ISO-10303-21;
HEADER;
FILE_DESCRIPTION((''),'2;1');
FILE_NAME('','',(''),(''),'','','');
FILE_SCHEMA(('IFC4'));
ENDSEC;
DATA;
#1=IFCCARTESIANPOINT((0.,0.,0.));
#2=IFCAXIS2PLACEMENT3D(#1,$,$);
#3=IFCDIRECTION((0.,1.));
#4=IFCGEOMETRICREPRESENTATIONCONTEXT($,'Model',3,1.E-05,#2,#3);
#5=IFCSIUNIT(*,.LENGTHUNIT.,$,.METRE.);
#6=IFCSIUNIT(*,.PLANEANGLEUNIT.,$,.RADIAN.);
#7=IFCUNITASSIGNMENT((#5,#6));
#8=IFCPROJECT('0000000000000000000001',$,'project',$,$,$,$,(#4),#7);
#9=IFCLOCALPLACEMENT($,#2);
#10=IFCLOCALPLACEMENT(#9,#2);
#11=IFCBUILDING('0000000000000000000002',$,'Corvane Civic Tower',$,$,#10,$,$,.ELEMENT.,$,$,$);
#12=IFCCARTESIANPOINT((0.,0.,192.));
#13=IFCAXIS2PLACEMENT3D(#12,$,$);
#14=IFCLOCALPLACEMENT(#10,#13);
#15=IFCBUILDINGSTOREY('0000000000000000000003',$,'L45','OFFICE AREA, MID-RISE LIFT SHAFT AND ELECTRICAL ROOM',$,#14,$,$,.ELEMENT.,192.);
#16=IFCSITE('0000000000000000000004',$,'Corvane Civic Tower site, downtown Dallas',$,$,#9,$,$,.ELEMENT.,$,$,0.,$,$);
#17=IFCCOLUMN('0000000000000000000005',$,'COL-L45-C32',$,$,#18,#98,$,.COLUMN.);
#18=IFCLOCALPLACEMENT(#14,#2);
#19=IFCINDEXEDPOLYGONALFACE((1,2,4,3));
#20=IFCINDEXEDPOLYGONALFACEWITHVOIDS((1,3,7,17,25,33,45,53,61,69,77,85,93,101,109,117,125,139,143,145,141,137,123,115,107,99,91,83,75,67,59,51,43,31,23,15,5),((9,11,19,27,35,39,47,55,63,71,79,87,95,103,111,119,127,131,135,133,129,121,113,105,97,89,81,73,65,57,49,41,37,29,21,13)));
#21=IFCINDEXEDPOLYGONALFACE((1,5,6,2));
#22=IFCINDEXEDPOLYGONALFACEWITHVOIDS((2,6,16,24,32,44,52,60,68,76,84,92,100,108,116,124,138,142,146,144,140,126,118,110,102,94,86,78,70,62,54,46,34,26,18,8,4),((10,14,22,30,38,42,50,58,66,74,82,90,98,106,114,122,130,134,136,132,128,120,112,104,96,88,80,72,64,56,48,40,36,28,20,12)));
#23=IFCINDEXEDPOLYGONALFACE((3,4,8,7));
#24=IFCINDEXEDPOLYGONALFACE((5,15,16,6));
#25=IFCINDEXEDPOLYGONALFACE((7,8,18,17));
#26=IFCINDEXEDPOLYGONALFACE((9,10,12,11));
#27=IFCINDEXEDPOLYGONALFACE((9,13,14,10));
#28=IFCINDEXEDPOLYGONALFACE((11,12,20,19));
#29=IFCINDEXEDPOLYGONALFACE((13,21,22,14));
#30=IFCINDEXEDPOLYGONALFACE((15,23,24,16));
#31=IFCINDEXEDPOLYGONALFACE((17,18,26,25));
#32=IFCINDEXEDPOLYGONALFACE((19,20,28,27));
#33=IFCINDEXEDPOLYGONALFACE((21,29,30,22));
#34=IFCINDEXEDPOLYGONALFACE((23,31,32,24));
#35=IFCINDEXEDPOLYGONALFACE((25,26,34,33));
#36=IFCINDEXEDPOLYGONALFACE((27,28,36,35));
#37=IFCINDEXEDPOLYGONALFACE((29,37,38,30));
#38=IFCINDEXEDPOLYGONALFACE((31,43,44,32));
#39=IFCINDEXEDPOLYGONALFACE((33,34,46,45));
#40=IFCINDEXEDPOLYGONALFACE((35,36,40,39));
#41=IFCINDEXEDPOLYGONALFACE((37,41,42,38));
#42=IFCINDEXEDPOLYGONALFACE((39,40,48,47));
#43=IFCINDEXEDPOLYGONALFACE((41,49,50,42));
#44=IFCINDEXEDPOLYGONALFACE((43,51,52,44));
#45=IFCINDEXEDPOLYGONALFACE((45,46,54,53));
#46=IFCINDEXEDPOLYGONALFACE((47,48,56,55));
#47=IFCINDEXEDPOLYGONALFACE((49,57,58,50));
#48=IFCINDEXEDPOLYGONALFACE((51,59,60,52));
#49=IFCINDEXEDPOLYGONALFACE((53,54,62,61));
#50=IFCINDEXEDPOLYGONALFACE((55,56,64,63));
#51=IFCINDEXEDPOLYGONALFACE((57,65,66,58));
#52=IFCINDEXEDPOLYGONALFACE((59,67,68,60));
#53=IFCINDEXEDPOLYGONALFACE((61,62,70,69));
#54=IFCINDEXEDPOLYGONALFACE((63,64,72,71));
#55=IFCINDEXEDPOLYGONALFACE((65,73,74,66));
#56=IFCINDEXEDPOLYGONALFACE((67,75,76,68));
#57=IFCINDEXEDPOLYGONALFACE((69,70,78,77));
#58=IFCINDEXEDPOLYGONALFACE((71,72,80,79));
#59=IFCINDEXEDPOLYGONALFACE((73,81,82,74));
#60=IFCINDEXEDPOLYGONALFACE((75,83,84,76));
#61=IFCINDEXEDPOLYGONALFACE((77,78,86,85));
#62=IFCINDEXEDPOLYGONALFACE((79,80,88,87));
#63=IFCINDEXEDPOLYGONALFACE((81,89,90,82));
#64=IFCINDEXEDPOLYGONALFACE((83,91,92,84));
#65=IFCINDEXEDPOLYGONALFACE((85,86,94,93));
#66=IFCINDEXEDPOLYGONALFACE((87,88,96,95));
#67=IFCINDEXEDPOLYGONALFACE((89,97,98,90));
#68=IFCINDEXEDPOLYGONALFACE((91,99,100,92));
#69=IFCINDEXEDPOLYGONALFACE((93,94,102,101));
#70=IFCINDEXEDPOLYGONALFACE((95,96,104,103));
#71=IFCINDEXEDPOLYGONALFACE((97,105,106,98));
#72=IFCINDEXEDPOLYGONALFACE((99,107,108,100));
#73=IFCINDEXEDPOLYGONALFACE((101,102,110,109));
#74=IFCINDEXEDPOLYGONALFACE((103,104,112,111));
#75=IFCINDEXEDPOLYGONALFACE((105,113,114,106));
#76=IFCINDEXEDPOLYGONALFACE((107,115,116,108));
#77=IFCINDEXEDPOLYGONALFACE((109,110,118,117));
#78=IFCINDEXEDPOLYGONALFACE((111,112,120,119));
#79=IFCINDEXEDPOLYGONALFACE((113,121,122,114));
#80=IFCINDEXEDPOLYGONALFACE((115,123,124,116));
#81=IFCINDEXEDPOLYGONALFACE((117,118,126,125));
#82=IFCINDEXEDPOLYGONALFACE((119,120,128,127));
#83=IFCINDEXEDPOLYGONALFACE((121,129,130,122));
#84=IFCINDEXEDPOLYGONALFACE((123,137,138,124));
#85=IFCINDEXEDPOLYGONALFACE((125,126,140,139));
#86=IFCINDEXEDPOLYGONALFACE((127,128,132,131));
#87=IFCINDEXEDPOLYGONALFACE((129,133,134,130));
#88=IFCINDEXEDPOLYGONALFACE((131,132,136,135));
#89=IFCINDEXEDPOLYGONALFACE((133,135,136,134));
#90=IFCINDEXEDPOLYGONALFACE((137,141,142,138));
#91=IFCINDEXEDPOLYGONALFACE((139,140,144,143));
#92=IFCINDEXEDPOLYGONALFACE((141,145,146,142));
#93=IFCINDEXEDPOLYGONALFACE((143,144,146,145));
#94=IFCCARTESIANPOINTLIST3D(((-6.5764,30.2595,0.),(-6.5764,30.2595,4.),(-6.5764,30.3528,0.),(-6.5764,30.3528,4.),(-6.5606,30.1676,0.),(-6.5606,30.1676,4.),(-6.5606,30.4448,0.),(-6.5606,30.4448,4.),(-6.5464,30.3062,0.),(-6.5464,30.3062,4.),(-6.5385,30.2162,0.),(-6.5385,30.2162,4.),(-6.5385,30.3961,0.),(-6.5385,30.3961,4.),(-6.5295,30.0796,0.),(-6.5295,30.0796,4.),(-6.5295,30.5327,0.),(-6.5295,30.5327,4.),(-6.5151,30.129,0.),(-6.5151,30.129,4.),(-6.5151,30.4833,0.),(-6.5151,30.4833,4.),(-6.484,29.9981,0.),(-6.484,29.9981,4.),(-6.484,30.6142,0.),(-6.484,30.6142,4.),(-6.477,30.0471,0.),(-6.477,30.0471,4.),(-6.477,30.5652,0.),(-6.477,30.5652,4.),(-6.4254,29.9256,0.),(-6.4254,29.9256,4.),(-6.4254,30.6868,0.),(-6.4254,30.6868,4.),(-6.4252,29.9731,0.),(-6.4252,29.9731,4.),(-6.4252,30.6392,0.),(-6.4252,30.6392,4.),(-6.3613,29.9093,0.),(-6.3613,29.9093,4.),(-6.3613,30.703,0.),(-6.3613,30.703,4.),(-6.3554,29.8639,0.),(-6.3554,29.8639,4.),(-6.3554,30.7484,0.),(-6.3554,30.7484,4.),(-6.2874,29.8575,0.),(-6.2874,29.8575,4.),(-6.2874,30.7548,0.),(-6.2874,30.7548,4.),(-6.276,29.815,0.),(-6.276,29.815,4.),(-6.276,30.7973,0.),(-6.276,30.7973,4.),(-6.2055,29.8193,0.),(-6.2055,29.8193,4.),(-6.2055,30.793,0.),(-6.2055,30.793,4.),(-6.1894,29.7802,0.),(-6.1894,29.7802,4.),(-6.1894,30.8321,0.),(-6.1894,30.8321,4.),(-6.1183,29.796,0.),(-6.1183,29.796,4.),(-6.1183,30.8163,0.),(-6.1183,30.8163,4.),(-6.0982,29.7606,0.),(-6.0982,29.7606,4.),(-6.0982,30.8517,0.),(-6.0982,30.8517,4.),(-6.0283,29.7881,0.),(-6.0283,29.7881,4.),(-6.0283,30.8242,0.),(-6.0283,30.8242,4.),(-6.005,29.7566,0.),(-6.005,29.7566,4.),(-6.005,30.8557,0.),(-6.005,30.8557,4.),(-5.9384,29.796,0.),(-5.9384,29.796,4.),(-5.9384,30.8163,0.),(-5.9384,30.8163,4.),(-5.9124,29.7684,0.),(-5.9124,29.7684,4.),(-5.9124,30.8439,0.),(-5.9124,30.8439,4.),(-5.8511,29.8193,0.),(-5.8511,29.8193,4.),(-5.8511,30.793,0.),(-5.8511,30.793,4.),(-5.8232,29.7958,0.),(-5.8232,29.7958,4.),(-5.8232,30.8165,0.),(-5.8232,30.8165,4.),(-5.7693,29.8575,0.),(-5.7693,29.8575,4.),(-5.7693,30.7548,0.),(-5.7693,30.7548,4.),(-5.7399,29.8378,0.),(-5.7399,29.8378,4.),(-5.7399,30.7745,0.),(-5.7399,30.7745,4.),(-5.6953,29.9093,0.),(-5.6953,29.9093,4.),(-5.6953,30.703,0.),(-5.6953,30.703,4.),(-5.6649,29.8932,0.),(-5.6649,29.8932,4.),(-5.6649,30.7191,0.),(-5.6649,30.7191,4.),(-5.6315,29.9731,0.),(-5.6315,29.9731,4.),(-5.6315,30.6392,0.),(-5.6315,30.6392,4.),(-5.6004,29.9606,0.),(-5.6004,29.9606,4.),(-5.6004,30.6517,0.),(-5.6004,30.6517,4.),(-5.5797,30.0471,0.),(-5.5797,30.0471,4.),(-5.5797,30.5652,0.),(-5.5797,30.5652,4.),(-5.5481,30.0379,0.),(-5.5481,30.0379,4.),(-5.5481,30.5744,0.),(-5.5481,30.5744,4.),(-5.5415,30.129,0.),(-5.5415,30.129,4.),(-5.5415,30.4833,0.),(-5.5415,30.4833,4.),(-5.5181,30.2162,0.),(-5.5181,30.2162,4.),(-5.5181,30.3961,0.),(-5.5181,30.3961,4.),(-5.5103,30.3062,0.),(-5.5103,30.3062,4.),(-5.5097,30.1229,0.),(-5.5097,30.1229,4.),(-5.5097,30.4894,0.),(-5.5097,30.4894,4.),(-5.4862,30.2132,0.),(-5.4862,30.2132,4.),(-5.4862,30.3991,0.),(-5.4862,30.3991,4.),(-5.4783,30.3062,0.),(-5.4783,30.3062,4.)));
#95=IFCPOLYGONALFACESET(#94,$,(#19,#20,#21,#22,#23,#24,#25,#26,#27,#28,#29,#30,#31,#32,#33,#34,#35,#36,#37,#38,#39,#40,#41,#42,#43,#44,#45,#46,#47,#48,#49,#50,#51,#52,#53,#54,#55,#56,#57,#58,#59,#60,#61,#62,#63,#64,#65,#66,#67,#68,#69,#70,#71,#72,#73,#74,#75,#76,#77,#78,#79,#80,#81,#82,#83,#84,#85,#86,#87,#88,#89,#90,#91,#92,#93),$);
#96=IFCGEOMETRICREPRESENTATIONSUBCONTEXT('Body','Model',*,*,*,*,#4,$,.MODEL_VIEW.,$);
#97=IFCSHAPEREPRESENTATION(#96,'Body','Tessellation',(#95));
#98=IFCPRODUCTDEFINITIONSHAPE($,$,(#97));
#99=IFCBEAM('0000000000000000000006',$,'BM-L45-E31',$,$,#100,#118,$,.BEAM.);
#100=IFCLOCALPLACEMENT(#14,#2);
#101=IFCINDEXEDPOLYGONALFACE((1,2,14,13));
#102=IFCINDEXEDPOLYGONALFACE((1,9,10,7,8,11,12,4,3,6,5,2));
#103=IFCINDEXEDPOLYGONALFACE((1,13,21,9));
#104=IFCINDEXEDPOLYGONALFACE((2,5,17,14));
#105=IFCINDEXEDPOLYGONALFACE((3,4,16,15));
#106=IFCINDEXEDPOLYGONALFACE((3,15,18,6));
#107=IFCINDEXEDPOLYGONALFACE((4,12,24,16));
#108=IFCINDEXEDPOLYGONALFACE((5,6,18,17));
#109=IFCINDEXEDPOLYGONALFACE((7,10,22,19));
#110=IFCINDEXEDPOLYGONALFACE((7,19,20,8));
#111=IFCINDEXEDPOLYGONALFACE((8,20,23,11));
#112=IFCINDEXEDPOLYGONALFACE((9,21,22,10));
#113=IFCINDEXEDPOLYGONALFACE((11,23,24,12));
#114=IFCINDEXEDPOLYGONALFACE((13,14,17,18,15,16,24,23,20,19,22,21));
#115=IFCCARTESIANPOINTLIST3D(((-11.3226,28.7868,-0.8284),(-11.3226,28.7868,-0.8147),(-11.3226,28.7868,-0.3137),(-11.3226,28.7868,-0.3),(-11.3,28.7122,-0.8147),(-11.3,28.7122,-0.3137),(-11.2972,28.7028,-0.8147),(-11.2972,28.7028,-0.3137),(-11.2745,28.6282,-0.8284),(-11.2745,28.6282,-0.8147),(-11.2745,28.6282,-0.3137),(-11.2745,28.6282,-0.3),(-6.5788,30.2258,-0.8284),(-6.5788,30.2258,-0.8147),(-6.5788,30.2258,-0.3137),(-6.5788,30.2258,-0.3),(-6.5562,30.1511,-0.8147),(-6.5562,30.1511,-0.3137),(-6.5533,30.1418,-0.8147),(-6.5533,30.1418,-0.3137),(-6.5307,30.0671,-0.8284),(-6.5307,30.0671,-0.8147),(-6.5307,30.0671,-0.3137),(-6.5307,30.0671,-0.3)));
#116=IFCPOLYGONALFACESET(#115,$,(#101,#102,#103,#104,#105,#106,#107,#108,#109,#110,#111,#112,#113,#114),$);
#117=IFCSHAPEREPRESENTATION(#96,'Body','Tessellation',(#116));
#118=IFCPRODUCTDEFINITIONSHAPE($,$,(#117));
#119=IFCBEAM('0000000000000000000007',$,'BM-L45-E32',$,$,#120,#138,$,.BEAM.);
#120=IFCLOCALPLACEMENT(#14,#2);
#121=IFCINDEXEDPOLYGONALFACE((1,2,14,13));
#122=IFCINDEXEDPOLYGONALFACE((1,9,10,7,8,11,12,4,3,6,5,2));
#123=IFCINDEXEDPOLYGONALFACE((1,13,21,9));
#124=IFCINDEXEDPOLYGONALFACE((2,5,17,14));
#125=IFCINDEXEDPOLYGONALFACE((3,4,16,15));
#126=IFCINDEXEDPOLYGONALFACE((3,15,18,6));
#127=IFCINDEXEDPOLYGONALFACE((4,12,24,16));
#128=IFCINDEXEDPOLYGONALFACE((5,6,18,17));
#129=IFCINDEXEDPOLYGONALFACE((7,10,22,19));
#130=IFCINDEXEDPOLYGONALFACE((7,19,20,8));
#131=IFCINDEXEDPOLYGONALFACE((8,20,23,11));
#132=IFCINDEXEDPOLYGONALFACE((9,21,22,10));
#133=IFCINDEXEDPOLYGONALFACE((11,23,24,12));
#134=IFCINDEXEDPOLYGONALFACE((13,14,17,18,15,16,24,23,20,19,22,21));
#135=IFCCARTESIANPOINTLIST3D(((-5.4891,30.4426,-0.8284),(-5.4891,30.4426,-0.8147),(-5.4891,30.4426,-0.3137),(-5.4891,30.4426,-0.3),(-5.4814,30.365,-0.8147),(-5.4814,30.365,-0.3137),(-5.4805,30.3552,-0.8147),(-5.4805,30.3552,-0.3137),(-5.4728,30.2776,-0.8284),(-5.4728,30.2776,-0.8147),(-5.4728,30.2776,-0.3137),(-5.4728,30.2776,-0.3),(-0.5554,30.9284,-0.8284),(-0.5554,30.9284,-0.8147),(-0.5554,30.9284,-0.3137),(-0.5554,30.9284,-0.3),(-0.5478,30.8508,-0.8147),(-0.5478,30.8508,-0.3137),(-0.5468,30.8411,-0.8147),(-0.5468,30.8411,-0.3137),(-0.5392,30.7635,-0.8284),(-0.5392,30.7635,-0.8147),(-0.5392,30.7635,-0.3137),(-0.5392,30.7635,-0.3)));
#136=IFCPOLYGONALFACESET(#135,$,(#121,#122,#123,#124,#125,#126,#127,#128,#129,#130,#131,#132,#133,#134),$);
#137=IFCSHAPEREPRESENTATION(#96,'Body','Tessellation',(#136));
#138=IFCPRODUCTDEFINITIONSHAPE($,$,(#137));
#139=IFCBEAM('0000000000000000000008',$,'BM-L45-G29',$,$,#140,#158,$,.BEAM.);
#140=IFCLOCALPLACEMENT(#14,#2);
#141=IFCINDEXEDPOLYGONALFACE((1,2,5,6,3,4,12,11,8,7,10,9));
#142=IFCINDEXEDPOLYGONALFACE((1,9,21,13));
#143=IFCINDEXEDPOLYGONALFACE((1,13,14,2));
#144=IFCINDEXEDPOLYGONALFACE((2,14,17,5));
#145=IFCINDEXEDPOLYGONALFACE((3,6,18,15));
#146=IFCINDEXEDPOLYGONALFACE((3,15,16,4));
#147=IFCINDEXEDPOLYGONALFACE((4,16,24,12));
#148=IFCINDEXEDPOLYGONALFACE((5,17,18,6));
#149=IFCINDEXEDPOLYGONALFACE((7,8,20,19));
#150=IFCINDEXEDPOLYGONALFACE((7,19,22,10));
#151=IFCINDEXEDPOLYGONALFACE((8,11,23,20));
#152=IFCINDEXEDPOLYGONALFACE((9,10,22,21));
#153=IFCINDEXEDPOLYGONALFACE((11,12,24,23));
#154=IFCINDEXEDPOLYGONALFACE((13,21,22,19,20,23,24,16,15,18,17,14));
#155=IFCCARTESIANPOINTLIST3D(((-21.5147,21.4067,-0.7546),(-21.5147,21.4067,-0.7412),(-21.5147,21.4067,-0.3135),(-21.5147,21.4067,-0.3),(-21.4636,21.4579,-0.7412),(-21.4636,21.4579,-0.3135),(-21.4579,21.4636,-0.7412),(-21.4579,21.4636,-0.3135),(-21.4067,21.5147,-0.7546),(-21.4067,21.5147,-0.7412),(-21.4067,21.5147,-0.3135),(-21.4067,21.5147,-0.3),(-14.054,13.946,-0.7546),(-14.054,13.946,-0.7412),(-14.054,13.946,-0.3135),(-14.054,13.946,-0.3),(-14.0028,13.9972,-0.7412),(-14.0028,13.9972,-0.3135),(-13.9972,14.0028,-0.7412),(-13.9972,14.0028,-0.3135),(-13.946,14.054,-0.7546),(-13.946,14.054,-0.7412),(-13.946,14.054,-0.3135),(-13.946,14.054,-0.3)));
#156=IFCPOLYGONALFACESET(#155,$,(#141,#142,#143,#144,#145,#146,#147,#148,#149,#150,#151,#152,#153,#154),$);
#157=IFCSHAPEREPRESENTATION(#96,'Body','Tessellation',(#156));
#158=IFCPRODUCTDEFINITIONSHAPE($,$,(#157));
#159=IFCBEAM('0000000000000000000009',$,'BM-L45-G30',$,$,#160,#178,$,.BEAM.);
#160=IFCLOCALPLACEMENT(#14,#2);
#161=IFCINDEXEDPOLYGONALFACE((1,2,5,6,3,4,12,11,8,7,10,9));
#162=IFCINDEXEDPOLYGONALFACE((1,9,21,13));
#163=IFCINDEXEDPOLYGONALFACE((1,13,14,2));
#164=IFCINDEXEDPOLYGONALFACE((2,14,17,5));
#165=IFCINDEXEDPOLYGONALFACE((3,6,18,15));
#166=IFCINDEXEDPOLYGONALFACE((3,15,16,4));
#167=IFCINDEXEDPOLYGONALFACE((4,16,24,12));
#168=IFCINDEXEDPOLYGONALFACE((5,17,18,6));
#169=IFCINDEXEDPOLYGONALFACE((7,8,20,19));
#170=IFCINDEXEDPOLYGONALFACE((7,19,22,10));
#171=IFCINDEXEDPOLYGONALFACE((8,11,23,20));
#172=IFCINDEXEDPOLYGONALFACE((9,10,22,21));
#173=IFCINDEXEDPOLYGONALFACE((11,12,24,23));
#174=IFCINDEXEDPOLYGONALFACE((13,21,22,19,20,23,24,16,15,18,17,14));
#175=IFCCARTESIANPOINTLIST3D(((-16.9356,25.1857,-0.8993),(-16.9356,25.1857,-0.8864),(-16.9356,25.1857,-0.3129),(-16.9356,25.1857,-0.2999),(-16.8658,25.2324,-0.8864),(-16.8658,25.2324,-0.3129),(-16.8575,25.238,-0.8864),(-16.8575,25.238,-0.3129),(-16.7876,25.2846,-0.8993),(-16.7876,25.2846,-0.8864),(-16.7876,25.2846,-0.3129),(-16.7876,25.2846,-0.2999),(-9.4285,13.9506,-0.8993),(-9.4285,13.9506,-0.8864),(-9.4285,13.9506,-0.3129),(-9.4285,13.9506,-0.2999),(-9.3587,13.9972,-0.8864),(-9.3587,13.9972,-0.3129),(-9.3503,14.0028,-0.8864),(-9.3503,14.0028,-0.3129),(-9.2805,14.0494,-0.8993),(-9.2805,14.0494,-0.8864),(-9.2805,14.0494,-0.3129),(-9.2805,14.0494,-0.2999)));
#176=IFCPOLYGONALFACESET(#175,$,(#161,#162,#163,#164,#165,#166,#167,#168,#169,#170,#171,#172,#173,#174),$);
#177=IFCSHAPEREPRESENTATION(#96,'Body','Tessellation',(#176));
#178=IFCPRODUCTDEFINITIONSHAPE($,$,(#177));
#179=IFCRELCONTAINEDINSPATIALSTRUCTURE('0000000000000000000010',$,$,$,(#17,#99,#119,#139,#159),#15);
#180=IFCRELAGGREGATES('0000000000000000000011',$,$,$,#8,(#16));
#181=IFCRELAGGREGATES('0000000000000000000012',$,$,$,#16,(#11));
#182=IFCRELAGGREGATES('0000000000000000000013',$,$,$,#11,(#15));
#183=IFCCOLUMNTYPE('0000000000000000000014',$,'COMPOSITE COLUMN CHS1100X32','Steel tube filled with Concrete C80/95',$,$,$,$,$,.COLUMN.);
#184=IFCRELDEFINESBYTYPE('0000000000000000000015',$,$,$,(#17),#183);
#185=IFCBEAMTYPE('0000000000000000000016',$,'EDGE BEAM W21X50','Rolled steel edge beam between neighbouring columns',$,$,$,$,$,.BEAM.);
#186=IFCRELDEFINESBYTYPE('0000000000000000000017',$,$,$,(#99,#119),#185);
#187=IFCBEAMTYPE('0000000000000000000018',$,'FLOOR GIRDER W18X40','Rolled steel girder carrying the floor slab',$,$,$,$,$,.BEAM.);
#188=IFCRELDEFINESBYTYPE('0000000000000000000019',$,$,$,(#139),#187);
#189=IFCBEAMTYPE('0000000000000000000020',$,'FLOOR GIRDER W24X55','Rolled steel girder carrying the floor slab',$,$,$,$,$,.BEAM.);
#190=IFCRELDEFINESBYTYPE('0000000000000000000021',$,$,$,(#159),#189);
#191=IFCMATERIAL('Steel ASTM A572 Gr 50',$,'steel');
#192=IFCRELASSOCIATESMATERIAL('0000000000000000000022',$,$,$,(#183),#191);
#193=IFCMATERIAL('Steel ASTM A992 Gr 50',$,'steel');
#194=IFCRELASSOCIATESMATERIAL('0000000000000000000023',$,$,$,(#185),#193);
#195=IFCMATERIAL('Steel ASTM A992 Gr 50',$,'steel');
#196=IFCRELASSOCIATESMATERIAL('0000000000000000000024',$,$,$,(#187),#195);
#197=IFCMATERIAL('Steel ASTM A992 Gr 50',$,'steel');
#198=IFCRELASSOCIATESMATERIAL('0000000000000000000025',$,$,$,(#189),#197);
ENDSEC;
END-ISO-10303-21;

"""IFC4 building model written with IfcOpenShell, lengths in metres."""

from ifc_helpers import new_model, si_unit, direction, frame, origin, origin_2d, place, context, subcontext, project, spatial, hollow_circle, i_section, extrude, material, material_profile, profile_set, type_object, element, save


model = new_model("IFC4")

# Units and contexts
model_context = context("Model", 3, precision=1e-05, world=origin(), true_north=direction((0.0, 1.0)))
body_context = subcontext(model_context, "Body", "Model", "MODEL_VIEW")
ifc_project = project(units=[si_unit("LENGTHUNIT", "METRE"), si_unit("PLANEANGLEUNIT", "RADIAN")], contexts=[model_context])

# Site, building, storey
site_placement = place(None, origin())
site = spatial("IfcSite", under=ifc_project, at=site_placement, Name="Corvane Civic Tower site, downtown Dallas", CompositionType="ELEMENT", RefElevation=0.0)
building_placement = place(site_placement, origin())
building = spatial("IfcBuilding", under=site, at=building_placement, Name="Corvane Civic Tower", CompositionType="ELEMENT")
storey_placement = place(building_placement, frame((0.0, 0.0, 192.0)))
storey = spatial("IfcBuildingStorey", under=building, at=storey_placement, Name="L45", Description="OFFICE AREA, MID-RISE LIFT SHAFT AND ELECTRICAL ROOM", CompositionType="ELEMENT", Elevation=192.0)

# Column
ifc_material_1 = material(Name="Steel ASTM A572 Gr 50", Category="steel")
ifc_material_profile_1 = material_profile(ifc_material_1, hollow_circle(Radius=0.55, WallThickness=0.032, at=origin_2d()), Name="CHS1100X32")
ifc_profile_set_1 = profile_set([ifc_material_profile_1], Name="Steel ASTM A572 Gr 50")
column_type = type_object("IfcColumnType", Name="COMPOSITE COLUMN CHS1100X32", Description="Steel tube filled with Concrete C80/95", PredefinedType="COLUMN", material=ifc_profile_set_1)
for number, where, z_axis, x_axis, name in (
    (1, (-6.0283, 30.3062, 0.0), (0.0, 0.0, 1.0), (1.0, 0.0, 0.0), "COL-L45-C32"),
):
    element("IfcColumn", number, at=place(storey_placement, frame(where, z_axis=z_axis, x_axis=x_axis)), inside=storey, type_object=column_type, Name=name, PredefinedType="COLUMN", context=body_context, shape_type="SweptSolid", body=[
        extrude(hollow_circle(Radius=0.55, WallThickness=0.032, at=origin_2d()), origin(), (0.0, 0.0, 1.0), 4.0),
    ])

# Beams
ifc_material_2 = material(Name="Steel ASTM A992 Gr 50", Category="steel")
ifc_material_profile_2 = material_profile(ifc_material_2, i_section(OverallWidth=0.1658, OverallDepth=0.5283, WebThickness=0.0098, FlangeThickness=0.0137, at=origin_2d()), Name="W21X50")
ifc_profile_set_2 = profile_set([ifc_material_profile_2], Name="Steel ASTM A992 Gr 50")
beam_type_1 = type_object("IfcBeamType", Name="EDGE BEAM W21X50", Description="Rolled steel edge beam between neighbouring columns", PredefinedType="BEAM", material=ifc_profile_set_2)
beam_1_placement = place(storey_placement, frame((-11.2986, 28.7075, -0.5642), z_axis=(0.956945, 0.29027, 0.0), x_axis=(-0.29027, 0.956945, 0.0)))
element("IfcBeam", 2, at=beam_1_placement, inside=storey, type_object=beam_type_1, Name="BM-L45-E31", PredefinedType="BEAM", context=body_context, shape_type="SweptSolid", body=[
    extrude(i_section(OverallWidth=0.1658, OverallDepth=0.5283, WebThickness=0.0098, FlangeThickness=0.0137, at=origin_2d()), origin(), (0.0, 0.0, 1.0), 4.9573),
])
beam_2_placement = place(storey_placement, frame((-5.481, 30.3601, -0.5642), z_axis=(0.995186, 0.098002, 0.0), x_axis=(-0.098002, 0.995186, 0.0)))
element("IfcBeam", 3, at=beam_2_placement, inside=storey, type_object=beam_type_1, Name="BM-L45-E32", PredefinedType="BEAM", context=body_context, shape_type="SweptSolid", body=[
    extrude(i_section(OverallWidth=0.1658, OverallDepth=0.5283, WebThickness=0.0098, FlangeThickness=0.0137, at=origin_2d()), origin(), (0.0, 0.0, 1.0), 4.9575),
])
ifc_material_3 = material(Name="Steel ASTM A992 Gr 50", Category="steel")
ifc_material_profile_3 = material_profile(ifc_material_3, i_section(OverallWidth=0.1528, OverallDepth=0.4546, WebThickness=0.0081, FlangeThickness=0.0134, at=origin_2d()), Name="W18X40")
ifc_profile_set_3 = profile_set([ifc_material_profile_3], Name="Steel ASTM A992 Gr 50")
beam_type_2 = type_object("IfcBeamType", Name="FLOOR GIRDER W18X40", Description="Rolled steel girder carrying the floor slab", PredefinedType="BEAM", material=ifc_profile_set_3)
beam_3_placement = place(storey_placement, frame((-14.0, 14.0, -0.5273), z_axis=(-0.707107, 0.707107, 0.0), x_axis=(-0.707107, -0.707107, 0.0)))
element("IfcBeam", 4, at=beam_3_placement, inside=storey, type_object=beam_type_2, Name="BM-L45-G29", PredefinedType="BEAM", context=body_context, shape_type="SweptSolid", body=[
    extrude(i_section(OverallWidth=0.1528, OverallDepth=0.4546, WebThickness=0.0081, FlangeThickness=0.0134, at=origin_2d()), origin(), (0.0, 0.0, 1.0), 10.551),
])
ifc_material_4 = material(Name="Steel ASTM A992 Gr 50", Category="steel")
ifc_material_profile_4 = material_profile(ifc_material_4, i_section(OverallWidth=0.178, OverallDepth=0.5994, WebThickness=0.01, FlangeThickness=0.0129, at=origin_2d()), Name="W24X55")
ifc_profile_set_4 = profile_set([ifc_material_profile_4], Name="Steel ASTM A992 Gr 50")
beam_type_3 = type_object("IfcBeamType", Name="FLOOR GIRDER W24X55", Description="Rolled steel girder carrying the floor slab", PredefinedType="BEAM", material=ifc_profile_set_4)
beam_4_placement = place(storey_placement, frame((-9.3545, 14.0, -0.5996), z_axis=(-0.555571, 0.831469, 0.0), x_axis=(-0.831469, -0.555571, 0.0)))
element("IfcBeam", 5, at=beam_4_placement, inside=storey, type_object=beam_type_3, Name="BM-L45-G30", PredefinedType="BEAM", context=body_context, shape_type="SweptSolid", body=[
    extrude(i_section(OverallWidth=0.178, OverallDepth=0.5994, WebThickness=0.01, FlangeThickness=0.0129, at=origin_2d()), origin(), (0.0, 0.0, 1.0), 13.5125),
])

save(model, "model.ifc")
